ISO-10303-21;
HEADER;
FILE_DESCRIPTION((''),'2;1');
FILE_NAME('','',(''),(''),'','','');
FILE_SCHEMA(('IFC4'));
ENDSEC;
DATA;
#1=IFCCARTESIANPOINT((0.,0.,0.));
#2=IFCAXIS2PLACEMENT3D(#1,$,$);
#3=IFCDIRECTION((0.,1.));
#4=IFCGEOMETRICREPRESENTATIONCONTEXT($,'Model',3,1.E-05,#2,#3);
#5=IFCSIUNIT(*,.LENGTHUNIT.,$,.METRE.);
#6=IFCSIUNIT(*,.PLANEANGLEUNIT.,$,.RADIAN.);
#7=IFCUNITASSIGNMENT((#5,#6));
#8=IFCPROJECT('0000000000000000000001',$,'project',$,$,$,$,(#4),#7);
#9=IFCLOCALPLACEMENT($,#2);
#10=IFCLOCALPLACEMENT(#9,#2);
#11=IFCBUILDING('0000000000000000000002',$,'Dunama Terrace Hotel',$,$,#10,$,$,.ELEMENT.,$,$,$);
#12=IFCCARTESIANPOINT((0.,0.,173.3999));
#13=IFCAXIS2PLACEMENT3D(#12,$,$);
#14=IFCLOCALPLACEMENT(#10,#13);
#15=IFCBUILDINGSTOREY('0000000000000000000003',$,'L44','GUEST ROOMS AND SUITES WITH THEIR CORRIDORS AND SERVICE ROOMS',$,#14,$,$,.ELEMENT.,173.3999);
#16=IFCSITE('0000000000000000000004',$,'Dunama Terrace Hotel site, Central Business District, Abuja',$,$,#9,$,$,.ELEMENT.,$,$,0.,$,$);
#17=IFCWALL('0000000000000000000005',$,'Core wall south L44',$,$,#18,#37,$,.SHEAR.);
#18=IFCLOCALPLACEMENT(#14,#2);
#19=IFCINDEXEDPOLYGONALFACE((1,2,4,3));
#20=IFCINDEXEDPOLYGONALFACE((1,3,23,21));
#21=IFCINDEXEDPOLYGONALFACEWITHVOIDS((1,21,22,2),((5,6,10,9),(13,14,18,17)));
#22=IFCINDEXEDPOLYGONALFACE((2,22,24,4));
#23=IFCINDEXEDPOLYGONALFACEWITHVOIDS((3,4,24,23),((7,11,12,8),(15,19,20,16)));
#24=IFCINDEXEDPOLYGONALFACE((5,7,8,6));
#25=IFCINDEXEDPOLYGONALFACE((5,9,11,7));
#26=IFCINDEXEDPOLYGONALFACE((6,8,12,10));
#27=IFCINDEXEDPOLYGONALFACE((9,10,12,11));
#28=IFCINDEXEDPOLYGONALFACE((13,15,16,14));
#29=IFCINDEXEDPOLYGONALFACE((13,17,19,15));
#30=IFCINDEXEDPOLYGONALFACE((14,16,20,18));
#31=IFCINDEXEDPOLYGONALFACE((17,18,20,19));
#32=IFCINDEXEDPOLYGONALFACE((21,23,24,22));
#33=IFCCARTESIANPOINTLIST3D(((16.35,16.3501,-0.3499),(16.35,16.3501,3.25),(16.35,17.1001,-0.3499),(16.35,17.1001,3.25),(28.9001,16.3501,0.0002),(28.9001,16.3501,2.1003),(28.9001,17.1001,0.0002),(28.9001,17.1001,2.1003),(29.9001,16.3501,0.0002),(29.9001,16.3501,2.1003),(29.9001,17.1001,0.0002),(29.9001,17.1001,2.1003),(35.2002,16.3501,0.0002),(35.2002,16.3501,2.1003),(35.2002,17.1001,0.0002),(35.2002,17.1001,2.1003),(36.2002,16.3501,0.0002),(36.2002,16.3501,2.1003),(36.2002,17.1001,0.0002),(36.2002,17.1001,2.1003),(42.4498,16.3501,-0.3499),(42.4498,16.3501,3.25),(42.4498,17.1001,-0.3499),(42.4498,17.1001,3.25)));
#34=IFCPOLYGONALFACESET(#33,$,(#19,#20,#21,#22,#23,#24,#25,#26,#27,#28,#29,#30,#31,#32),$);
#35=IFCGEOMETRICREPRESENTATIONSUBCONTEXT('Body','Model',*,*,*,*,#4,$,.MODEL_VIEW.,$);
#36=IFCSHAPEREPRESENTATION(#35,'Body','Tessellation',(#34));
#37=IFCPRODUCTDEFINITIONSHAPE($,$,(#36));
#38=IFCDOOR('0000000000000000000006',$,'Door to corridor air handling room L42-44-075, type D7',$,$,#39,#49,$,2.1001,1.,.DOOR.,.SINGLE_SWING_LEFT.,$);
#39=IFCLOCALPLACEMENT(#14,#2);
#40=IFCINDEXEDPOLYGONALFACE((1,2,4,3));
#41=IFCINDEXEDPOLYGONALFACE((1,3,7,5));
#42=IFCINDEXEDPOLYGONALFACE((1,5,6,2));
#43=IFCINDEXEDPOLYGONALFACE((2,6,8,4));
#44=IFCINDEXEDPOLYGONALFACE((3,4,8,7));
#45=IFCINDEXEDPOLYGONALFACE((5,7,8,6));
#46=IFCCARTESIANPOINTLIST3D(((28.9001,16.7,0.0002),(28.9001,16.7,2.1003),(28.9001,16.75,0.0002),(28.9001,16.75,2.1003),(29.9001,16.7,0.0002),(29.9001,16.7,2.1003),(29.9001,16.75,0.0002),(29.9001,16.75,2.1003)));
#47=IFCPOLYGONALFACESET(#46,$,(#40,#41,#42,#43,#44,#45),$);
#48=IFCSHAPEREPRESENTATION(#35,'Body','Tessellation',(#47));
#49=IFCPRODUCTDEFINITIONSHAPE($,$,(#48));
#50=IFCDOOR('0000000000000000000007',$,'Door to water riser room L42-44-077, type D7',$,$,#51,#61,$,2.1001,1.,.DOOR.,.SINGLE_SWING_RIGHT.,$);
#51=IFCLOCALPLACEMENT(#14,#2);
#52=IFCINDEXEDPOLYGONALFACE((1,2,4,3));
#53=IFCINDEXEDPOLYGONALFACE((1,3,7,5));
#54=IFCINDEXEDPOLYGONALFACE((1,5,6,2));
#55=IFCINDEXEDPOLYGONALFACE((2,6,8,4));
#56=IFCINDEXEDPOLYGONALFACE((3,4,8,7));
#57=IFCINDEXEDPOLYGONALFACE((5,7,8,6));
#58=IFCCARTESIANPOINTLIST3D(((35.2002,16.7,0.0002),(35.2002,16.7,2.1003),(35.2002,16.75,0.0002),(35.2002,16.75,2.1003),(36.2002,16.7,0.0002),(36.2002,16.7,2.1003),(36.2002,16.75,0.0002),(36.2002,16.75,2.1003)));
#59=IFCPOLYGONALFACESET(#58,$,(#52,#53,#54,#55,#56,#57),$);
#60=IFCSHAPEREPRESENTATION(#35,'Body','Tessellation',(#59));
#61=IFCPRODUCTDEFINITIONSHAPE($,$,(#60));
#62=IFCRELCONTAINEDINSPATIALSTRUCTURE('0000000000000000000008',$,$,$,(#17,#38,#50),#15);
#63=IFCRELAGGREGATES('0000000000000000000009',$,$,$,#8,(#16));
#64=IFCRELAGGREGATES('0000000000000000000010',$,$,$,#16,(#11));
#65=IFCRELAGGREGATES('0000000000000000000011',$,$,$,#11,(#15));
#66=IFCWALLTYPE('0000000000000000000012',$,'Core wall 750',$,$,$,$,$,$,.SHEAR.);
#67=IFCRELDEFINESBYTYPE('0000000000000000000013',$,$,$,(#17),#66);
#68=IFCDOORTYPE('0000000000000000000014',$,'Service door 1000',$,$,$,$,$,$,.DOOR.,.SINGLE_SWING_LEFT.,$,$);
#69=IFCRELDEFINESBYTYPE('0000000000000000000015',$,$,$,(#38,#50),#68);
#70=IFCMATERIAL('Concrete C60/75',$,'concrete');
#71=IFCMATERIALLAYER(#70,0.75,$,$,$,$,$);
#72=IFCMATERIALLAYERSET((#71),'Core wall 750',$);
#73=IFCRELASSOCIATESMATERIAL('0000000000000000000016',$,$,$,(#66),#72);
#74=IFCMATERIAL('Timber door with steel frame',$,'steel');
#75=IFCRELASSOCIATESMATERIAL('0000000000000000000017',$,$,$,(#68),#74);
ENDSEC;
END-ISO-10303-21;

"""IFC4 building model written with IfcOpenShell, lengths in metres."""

from ifc_helpers import new_model, si_unit, direction, frame, frame_2d, origin, place, context, subcontext, project, spatial, rectangle, extrude, material, layer, layer_set, type_object, element, fill, save


model = new_model("IFC4")

# Units and contexts
model_context = context("Model", 3, precision=1e-05, world=origin(), true_north=direction((0.0, 1.0)))
body_context = subcontext(model_context, "Body", "Model", "MODEL_VIEW")
ifc_project = project(units=[si_unit("LENGTHUNIT", "METRE"), si_unit("PLANEANGLEUNIT", "RADIAN")], contexts=[model_context])

# Site, building, storey
site_placement = place(None, origin())
site = spatial("IfcSite", under=ifc_project, at=site_placement, Name="Dunama Terrace Hotel site, Central Business District, Abuja", CompositionType="ELEMENT", RefElevation=0.0)
building_placement = place(site_placement, origin())
building = spatial("IfcBuilding", under=site, at=building_placement, Name="Dunama Terrace Hotel", CompositionType="ELEMENT")
storey_placement = place(building_placement, frame((0.0, 0.0, 173.3999)))
storey = spatial("IfcBuildingStorey", under=building, at=storey_placement, Name="L44", Description="GUEST ROOMS AND SUITES WITH THEIR CORRIDORS AND SERVICE ROOMS", CompositionType="ELEMENT", Elevation=173.3999)

# Wall, openings, doors
ifc_material_1 = material(Name="Concrete C60/75", Category="concrete")
ifc_layer_1 = layer(ifc_material_1, 0.75)
ifc_layer_set_1 = layer_set([ifc_layer_1], Name="Core wall 750")
wall_type_1 = type_object("IfcWallType", Name="Core wall 750", PredefinedType="SHEAR", material=ifc_layer_set_1)
wall_1_placement = place(storey_placement, frame((16.3501, 16.7251, -0.3499), z_axis=(0.0, 0.0, 1.0), x_axis=(1.0, 0.0, 0.0)))
wall_1 = element("IfcWall", 1, at=wall_1_placement, inside=storey, type_object=wall_type_1, Name="Core wall south L44", PredefinedType="SHEAR", context=body_context, shape_type="SweptSolid", body=[
    extrude(rectangle(XDim=26.0999, YDim=0.75, at=frame_2d((13.0498, 0.0))), origin(), (0.0, 0.0, 1.0), 3.5999),
])
opening_1_placement = place(wall_1_placement, frame((12.55, 0.0, 0.3501)))
opening_1 = element("IfcOpeningElement", 2, at=opening_1_placement, cuts=wall_1, PredefinedType="OPENING", context=body_context, shape_type="SweptSolid", body=[
    extrude(rectangle(XDim=1.0, YDim=2.1001, at=frame_2d((0.5, 1.05))), frame((0.0, 0.385, 0.0), z_axis=(0.0, -1.0, 0.0), x_axis=(1.0, 0.0, 0.0)), (0.0, 0.0, 1.0), 0.77),
])
opening_2_placement = place(wall_1_placement, frame((18.8501, 0.0, 0.3501)))
opening_2 = element("IfcOpeningElement", 3, at=opening_2_placement, cuts=wall_1, PredefinedType="OPENING", context=body_context, shape_type="SweptSolid", body=[
    extrude(rectangle(XDim=1.0, YDim=2.1001, at=frame_2d((0.5, 1.05))), frame((0.0, 0.385, 0.0), z_axis=(0.0, -1.0, 0.0), x_axis=(1.0, 0.0, 0.0)), (0.0, 0.0, 1.0), 0.77),
])
ifc_material_2 = material(Name="Timber door with steel frame", Category="steel")
door_type_1 = type_object("IfcDoorType", Name="Service door 1000", OperationType="SINGLE_SWING_LEFT", PredefinedType="DOOR", material=ifc_material_2)
door_1_placement = place(opening_1_placement, origin())
door_1 = element("IfcDoor", 4, at=door_1_placement, inside=storey, type_object=door_type_1, Name="Door to corridor air handling room L42-44-075, type D7", OperationType="SINGLE_SWING_LEFT", OverallHeight=2.1001, OverallWidth=1.0, PredefinedType="DOOR", context=body_context, shape_type="SweptSolid", body=[
    extrude(rectangle(XDim=1.0, YDim=2.1001, at=frame_2d((0.5, 1.05))), frame((0.0, 0.0249, 0.0), z_axis=(0.0, -1.0, 0.0), x_axis=(1.0, 0.0, 0.0)), (0.0, 0.0, 1.0), 0.05),
])
fill(opening_1, door_1)
door_2_placement = place(opening_2_placement, origin())
door_2 = element("IfcDoor", 5, at=door_2_placement, inside=storey, type_object=door_type_1, Name="Door to water riser room L42-44-077, type D7", OperationType="SINGLE_SWING_RIGHT", OverallHeight=2.1001, OverallWidth=1.0, PredefinedType="DOOR", context=body_context, shape_type="SweptSolid", body=[
    extrude(rectangle(XDim=1.0, YDim=2.1001, at=frame_2d((0.5, 1.05))), frame((0.0, 0.0249, 0.0), z_axis=(0.0, -1.0, 0.0), x_axis=(1.0, 0.0, 0.0)), (0.0, 0.0, 1.0), 0.05),
])
fill(opening_2, door_2)

save(model, "model.ifc")
